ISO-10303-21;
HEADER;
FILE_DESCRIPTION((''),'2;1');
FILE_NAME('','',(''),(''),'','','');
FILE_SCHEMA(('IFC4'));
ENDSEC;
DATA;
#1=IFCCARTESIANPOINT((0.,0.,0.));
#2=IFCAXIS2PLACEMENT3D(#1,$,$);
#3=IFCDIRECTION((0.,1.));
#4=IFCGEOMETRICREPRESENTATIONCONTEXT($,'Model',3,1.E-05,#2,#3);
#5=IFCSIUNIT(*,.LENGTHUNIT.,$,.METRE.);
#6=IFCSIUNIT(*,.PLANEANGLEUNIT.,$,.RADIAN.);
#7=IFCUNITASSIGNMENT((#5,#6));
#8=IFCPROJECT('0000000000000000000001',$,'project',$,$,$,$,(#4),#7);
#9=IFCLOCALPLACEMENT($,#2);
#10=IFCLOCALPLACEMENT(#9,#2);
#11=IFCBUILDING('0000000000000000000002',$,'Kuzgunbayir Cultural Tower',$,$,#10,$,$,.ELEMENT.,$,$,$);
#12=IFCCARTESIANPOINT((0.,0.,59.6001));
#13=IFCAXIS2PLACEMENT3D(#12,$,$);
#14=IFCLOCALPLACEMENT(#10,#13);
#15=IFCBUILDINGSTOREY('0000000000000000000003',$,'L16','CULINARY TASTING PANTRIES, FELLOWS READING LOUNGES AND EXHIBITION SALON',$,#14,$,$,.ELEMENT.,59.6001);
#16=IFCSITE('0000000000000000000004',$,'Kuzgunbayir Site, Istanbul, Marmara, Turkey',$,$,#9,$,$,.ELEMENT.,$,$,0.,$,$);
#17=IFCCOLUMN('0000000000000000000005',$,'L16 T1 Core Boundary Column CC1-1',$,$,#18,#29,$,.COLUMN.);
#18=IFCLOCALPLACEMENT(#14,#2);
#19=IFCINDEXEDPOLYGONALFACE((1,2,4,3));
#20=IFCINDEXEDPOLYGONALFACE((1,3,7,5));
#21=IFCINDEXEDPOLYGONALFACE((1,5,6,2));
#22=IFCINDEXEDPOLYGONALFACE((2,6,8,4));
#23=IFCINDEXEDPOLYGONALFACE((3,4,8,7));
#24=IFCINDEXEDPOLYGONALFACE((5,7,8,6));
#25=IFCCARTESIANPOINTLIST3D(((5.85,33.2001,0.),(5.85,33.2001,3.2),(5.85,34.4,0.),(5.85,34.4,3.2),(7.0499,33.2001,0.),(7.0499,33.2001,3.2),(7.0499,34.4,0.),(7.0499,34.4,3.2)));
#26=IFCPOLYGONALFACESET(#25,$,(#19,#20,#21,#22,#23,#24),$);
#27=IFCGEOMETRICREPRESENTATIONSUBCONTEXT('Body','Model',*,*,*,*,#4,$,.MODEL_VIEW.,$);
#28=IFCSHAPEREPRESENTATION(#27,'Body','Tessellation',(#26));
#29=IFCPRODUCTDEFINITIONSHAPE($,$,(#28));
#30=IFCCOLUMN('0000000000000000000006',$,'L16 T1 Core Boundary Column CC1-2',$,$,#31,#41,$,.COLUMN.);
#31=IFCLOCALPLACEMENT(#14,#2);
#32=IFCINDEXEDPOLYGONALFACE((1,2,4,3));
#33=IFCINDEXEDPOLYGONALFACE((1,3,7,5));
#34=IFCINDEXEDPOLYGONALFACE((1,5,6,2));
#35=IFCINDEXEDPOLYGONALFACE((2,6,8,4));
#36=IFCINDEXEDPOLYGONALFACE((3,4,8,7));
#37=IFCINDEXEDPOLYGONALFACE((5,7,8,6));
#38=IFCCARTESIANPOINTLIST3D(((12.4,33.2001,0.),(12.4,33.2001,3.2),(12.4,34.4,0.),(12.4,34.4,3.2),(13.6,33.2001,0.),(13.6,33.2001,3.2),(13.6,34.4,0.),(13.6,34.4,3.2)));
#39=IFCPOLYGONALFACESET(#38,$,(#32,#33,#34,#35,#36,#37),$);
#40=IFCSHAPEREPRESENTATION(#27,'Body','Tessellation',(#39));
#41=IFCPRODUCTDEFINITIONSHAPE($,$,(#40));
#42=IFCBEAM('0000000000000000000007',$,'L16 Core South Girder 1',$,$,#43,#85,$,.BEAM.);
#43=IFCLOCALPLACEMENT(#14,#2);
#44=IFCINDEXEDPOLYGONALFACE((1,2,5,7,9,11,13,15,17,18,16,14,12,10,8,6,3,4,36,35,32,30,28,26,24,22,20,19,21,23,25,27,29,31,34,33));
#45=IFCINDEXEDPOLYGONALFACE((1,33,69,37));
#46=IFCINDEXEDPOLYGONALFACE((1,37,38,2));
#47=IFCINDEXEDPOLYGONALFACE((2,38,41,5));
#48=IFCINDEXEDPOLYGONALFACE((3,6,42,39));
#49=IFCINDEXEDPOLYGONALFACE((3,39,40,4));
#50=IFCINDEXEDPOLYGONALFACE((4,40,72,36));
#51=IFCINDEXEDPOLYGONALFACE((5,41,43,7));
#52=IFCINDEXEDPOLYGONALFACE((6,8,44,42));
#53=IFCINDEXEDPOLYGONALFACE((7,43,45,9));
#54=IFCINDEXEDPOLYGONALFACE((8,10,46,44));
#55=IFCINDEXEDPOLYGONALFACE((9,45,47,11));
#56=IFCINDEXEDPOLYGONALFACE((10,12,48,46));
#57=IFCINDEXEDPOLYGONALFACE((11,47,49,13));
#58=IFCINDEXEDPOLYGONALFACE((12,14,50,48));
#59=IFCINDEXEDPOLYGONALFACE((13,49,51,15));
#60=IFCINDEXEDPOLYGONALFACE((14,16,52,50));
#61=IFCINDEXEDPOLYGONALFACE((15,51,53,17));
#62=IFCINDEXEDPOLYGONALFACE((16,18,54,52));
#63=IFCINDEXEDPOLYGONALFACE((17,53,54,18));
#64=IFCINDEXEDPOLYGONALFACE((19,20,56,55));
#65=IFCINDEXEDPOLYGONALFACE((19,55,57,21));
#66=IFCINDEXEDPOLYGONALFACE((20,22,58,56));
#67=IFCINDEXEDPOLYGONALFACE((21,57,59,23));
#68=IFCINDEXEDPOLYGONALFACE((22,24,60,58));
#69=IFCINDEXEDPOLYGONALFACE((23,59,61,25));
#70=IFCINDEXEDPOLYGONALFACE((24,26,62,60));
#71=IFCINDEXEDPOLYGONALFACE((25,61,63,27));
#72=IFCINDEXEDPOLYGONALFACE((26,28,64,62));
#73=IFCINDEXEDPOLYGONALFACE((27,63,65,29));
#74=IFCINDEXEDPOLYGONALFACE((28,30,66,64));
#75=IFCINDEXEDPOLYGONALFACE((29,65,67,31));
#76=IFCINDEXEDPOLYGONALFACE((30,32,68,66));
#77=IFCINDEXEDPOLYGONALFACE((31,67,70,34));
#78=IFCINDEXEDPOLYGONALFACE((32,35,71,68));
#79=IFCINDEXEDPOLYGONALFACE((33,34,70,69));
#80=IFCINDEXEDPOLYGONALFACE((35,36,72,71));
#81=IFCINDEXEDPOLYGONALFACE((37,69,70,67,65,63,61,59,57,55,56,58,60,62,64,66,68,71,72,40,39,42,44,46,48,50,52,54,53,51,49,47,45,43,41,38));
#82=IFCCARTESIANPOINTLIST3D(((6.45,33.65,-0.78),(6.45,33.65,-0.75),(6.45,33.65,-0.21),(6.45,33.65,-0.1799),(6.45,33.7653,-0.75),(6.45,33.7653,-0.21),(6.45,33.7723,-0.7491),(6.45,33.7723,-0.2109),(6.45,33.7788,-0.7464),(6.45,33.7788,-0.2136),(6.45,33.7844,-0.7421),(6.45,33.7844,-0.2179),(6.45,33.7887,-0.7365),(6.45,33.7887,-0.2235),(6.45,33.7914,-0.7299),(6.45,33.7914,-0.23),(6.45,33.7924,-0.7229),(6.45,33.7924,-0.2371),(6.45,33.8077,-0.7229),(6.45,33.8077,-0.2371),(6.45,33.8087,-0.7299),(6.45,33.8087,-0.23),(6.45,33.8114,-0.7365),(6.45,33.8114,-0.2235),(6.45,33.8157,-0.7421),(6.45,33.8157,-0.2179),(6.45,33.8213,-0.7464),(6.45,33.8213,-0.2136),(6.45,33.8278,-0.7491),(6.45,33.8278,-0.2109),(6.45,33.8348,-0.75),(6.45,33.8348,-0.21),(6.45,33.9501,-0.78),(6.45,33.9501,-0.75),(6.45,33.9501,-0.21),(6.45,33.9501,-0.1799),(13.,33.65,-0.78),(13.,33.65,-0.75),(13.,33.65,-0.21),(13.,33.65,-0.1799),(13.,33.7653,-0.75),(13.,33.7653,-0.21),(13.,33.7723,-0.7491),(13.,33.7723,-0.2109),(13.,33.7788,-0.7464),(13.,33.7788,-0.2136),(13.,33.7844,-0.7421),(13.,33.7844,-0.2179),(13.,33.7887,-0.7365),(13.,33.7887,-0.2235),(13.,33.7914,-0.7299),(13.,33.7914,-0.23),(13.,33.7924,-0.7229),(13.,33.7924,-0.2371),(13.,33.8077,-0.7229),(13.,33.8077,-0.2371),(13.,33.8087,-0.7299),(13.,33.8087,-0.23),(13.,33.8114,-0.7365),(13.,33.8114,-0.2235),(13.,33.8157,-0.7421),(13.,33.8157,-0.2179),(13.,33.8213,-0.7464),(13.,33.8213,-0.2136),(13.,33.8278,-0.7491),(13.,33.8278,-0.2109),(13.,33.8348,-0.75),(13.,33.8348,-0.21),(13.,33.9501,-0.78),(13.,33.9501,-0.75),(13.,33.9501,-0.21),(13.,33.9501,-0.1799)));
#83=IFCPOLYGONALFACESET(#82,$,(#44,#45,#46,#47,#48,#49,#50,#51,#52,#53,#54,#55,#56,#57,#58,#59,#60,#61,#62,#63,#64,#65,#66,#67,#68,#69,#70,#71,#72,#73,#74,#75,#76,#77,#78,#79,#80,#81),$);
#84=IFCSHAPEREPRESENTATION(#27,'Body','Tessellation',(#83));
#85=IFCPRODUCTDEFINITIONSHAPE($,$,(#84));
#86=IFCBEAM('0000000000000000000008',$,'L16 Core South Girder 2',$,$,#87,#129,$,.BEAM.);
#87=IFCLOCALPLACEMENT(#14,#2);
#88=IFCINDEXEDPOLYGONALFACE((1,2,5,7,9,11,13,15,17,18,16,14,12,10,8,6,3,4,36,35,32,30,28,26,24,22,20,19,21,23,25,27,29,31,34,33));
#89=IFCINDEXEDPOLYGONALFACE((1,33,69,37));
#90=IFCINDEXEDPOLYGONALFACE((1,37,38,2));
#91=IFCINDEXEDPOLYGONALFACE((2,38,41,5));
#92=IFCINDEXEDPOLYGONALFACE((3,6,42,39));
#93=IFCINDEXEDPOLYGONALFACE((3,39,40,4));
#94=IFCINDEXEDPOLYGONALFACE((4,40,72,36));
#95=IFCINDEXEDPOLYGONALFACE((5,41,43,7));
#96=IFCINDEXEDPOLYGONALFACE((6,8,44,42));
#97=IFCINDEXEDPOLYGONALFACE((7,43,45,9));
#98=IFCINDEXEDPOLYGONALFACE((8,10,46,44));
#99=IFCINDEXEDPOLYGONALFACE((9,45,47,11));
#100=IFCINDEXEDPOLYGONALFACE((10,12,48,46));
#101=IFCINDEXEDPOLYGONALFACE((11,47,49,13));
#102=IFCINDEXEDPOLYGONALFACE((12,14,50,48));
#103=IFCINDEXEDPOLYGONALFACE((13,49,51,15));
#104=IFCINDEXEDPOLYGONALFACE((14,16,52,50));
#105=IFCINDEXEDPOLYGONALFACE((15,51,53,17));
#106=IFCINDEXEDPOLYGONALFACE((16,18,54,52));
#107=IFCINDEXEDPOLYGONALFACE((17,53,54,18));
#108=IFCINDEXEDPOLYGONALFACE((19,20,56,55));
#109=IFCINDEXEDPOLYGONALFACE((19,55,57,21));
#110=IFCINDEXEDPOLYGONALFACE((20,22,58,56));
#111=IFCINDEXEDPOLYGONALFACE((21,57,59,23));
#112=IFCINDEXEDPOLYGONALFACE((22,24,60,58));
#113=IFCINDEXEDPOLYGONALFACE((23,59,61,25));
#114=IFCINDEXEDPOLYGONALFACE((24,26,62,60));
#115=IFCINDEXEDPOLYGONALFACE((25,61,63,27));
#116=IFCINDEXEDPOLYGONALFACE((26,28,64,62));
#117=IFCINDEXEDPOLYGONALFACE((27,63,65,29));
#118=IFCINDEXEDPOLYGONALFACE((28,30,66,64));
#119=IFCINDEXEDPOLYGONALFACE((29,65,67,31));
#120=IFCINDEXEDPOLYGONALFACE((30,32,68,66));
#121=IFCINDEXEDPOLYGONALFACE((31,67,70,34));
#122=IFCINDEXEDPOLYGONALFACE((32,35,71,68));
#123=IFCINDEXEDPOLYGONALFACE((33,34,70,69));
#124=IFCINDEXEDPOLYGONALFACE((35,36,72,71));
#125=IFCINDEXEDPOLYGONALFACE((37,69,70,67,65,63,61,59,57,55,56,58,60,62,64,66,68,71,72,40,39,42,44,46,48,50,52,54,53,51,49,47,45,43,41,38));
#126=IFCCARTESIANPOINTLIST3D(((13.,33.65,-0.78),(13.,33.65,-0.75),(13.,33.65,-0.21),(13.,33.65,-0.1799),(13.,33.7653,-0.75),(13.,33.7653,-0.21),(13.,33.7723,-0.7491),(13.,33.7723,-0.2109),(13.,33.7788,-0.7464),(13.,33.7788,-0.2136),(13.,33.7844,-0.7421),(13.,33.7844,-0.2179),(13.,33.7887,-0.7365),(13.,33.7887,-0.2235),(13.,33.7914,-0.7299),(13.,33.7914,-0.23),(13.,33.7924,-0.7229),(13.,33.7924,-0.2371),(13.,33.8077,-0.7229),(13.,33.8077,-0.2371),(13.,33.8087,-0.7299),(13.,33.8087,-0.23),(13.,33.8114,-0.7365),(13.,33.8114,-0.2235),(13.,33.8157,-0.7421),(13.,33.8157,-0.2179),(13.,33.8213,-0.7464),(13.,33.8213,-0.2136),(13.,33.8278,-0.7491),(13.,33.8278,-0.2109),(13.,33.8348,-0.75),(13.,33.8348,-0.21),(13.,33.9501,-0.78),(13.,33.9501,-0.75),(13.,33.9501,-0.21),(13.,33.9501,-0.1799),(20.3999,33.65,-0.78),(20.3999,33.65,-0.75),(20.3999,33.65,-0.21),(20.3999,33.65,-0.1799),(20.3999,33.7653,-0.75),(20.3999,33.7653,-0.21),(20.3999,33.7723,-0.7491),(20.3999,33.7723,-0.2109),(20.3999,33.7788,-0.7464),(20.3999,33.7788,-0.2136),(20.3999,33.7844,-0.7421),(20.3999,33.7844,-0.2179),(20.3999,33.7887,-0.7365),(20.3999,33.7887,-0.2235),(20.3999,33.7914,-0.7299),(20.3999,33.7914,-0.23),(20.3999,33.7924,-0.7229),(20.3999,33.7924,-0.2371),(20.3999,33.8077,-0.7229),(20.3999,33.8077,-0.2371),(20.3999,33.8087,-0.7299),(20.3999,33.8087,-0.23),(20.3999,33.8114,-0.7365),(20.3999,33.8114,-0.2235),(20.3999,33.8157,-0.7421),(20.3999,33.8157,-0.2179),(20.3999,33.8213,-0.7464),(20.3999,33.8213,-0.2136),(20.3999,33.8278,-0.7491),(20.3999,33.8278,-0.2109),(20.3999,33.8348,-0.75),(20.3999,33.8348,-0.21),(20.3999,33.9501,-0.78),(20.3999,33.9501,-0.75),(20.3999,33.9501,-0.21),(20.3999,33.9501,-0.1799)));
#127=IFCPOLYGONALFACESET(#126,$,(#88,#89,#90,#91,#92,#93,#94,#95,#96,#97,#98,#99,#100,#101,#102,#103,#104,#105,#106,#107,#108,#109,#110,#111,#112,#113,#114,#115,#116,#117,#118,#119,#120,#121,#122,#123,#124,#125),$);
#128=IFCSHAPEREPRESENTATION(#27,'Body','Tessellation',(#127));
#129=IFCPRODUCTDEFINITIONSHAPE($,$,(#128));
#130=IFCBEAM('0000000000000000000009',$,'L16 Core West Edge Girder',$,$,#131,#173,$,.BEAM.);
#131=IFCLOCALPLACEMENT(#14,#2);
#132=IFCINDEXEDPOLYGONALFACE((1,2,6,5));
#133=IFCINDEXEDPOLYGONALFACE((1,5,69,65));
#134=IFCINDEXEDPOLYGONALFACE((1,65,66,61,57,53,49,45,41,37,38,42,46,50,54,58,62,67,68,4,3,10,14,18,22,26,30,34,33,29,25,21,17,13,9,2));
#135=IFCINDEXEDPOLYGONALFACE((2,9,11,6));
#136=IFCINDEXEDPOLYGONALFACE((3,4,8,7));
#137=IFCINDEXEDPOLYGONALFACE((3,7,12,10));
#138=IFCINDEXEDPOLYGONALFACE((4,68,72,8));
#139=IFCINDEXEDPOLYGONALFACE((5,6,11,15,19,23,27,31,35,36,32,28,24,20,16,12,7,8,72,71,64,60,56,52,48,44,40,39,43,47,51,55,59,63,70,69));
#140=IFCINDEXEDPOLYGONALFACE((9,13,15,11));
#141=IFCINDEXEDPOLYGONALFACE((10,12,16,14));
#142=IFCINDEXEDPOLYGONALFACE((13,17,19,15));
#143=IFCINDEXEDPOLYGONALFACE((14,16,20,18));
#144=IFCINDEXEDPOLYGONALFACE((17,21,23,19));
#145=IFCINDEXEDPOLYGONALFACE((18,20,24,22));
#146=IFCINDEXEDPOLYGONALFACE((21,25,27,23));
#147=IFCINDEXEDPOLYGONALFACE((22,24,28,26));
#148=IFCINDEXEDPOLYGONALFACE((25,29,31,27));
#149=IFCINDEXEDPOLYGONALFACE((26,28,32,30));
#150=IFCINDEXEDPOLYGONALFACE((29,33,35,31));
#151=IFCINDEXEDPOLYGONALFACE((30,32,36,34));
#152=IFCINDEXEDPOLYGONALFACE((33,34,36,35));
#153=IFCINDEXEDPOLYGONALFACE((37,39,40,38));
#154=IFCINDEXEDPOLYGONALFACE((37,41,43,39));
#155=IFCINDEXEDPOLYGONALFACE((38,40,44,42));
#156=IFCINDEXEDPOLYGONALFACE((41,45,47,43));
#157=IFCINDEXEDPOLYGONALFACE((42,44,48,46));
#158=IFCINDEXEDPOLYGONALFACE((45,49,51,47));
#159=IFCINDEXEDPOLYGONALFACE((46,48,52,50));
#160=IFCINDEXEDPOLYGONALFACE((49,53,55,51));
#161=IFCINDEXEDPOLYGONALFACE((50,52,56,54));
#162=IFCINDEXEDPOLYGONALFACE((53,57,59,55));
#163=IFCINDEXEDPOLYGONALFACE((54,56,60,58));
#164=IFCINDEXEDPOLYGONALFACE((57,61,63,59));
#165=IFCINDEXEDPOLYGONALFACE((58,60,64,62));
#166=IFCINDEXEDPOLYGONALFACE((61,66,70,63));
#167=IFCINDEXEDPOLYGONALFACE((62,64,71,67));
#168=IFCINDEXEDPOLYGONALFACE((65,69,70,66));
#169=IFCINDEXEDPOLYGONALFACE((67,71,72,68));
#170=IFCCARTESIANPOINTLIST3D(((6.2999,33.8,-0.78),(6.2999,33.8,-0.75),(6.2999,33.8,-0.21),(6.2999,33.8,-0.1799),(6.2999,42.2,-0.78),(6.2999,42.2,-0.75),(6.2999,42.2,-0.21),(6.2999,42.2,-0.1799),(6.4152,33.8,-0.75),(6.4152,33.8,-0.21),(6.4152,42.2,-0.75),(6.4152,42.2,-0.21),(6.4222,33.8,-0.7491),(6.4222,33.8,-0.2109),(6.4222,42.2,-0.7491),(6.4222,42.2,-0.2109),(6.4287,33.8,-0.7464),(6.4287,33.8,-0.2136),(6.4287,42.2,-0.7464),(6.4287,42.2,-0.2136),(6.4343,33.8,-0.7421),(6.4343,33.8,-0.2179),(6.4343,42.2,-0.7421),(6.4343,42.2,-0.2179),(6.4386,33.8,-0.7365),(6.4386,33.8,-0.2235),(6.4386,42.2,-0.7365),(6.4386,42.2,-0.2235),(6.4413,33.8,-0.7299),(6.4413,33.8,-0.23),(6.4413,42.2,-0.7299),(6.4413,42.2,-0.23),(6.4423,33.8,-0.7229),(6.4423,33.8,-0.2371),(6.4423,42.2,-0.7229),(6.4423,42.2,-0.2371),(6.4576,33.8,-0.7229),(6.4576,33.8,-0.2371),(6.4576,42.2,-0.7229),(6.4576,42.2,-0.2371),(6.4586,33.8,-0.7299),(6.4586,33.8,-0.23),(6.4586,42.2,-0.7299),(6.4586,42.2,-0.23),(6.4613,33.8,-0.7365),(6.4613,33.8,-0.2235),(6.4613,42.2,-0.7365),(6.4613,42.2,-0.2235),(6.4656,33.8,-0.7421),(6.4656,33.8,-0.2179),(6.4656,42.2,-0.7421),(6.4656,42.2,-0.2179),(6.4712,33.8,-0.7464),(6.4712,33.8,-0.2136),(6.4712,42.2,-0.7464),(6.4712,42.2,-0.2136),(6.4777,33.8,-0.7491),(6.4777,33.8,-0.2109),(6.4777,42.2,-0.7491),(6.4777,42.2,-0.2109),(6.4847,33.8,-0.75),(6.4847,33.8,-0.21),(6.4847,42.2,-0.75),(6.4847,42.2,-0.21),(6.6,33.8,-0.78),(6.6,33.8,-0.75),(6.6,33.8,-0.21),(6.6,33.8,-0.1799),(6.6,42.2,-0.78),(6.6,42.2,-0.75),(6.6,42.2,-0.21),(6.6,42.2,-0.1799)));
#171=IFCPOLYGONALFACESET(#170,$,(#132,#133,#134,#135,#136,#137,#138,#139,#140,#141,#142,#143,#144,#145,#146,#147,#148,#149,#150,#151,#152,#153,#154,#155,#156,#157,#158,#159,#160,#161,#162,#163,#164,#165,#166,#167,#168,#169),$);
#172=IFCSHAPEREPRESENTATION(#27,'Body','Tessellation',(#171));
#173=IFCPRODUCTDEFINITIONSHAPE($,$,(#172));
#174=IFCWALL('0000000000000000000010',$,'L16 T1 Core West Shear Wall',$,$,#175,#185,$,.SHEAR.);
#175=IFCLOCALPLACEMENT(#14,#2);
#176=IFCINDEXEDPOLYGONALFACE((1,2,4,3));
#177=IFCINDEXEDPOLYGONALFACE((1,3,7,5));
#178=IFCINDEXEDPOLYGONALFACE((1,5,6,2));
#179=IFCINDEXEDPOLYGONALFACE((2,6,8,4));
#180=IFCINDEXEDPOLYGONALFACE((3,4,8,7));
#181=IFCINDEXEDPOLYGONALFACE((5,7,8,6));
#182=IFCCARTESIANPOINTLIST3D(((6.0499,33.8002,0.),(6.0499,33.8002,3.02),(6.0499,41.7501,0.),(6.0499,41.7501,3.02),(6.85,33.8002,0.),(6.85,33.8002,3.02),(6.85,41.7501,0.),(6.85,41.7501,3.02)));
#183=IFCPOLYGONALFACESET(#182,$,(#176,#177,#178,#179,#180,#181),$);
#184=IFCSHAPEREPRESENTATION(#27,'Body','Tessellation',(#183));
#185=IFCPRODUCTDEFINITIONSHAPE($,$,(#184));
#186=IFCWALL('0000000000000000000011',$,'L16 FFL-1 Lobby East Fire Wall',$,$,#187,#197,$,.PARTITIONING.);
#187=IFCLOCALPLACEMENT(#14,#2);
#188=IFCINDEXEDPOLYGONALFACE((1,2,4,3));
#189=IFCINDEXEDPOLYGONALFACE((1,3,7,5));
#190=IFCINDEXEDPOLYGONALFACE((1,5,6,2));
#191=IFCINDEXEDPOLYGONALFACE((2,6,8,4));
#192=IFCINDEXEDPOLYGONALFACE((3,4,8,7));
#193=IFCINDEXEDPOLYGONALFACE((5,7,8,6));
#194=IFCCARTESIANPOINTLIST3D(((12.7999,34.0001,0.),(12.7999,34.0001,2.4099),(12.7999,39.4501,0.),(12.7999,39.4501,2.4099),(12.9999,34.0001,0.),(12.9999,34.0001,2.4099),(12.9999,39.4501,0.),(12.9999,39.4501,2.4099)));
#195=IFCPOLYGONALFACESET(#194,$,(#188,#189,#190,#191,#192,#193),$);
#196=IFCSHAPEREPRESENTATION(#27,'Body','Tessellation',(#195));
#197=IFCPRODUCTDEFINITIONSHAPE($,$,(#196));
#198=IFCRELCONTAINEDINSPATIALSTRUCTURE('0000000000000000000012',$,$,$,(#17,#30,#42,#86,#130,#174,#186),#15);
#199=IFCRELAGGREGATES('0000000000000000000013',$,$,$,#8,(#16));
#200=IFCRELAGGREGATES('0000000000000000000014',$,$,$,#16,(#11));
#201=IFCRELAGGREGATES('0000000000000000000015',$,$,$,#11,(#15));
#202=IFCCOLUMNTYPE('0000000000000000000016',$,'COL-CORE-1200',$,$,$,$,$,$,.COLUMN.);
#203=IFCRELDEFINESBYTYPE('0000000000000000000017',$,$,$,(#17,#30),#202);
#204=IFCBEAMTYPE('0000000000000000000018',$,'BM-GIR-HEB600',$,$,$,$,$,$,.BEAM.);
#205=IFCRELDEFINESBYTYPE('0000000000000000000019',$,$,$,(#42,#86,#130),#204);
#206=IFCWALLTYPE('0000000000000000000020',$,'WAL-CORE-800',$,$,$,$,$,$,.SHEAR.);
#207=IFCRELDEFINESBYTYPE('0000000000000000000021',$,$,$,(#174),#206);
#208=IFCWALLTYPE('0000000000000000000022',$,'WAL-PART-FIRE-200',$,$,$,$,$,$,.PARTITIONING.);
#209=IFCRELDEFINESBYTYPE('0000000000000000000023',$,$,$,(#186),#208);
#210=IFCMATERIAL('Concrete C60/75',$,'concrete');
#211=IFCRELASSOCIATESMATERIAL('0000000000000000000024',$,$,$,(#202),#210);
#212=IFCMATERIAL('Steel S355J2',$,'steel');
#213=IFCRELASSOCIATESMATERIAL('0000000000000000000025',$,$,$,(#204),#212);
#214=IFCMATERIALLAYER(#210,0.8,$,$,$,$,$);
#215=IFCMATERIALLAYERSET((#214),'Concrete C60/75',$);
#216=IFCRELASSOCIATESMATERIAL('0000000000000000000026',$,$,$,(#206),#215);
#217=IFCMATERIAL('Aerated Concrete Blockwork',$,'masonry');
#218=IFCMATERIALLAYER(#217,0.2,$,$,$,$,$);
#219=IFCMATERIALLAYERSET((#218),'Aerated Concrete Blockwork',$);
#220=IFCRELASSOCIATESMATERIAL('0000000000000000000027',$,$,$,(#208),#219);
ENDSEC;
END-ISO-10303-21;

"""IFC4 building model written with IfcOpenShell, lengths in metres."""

from ifc_helpers import new_model, si_unit, direction, frame, frame_2d, origin, origin_2d, place, context, subcontext, project, spatial, rectangle, i_section, extrude, material, layer, layer_set, material_profile, profile_set, type_object, element, save


model = new_model("IFC4")

# Units and contexts
model_context = context("Model", 3, precision=1e-05, world=origin(), true_north=direction((0.0, 1.0)))
body_context = subcontext(model_context, "Body", "Model", "MODEL_VIEW")
ifc_project = project(units=[si_unit("LENGTHUNIT", "METRE"), si_unit("PLANEANGLEUNIT", "RADIAN")], contexts=[model_context])

# Site, building, storey
site_placement = place(None, origin())
site = spatial("IfcSite", under=ifc_project, at=site_placement, Name="Kuzgunbayir Site, Istanbul, Marmara, Turkey", CompositionType="ELEMENT", RefElevation=0.0)
building_placement = place(site_placement, origin())
building = spatial("IfcBuilding", under=site, at=building_placement, Name="Kuzgunbayir Cultural Tower", CompositionType="ELEMENT")
storey_placement = place(building_placement, frame((0.0, 0.0, 59.6001)))
storey = spatial("IfcBuildingStorey", under=building, at=storey_placement, Name="L16", Description="CULINARY TASTING PANTRIES, FELLOWS READING LOUNGES AND EXHIBITION SALON", CompositionType="ELEMENT", Elevation=59.6001)

# Columns
ifc_material_1 = material(Name="Concrete C60/75", Category="concrete")
ifc_material_profile_1 = material_profile(ifc_material_1, rectangle(XDim=1.2, YDim=1.2, at=origin_2d()), Name="RC 1200x1200")
ifc_profile_set_1 = profile_set([ifc_material_profile_1], Name="Concrete C60/75")
column_type = type_object("IfcColumnType", Name="COL-CORE-1200", PredefinedType="COLUMN", material=ifc_profile_set_1)
for number, where, z_axis, x_axis, name in (
    (1, (6.45, 33.8, 0.0), (0.0, 0.0, 1.0), (1.0, 0.0, 0.0), "L16 T1 Core Boundary Column CC1-1"),
    (2, (13.0, 33.8, 0.0), (0.0, 0.0, 1.0), (1.0, 0.0, 0.0), "L16 T1 Core Boundary Column CC1-2"),
):
    element("IfcColumn", number, at=place(storey_placement, frame(where, z_axis=z_axis, x_axis=x_axis)), inside=storey, type_object=column_type, Name=name, PredefinedType="COLUMN", context=body_context, shape_type="SweptSolid", body=[
        extrude(rectangle(XDim=1.2, YDim=1.2, at=origin_2d()), origin(), (0.0, 0.0, 1.0), 3.2),
    ])

# Beams
ifc_material_2 = material(Name="Steel S355J2", Category="steel")
ifc_material_profile_2 = material_profile(ifc_material_2, i_section(OverallWidth=0.3, OverallDepth=0.6001, WebThickness=0.0154, FlangeThickness=0.03, FilletRadius=0.0271, at=origin_2d()), Name="HEB 600")
ifc_profile_set_2 = profile_set([ifc_material_profile_2], Name="Steel S355J2")
beam_type = type_object("IfcBeamType", Name="BM-GIR-HEB600", PredefinedType="BEAM", material=ifc_profile_set_2)
beam_1_placement = place(storey_placement, frame((6.45, 33.8, -0.48), z_axis=(1.0, 0.0, 0.0), x_axis=(0.0, 1.0, 0.0)))
element("IfcBeam", 3, at=beam_1_placement, inside=storey, type_object=beam_type, Name="L16 Core South Girder 1", PredefinedType="BEAM", context=body_context, shape_type="SweptSolid", body=[
    extrude(i_section(OverallWidth=0.3, OverallDepth=0.6001, WebThickness=0.0154, FlangeThickness=0.03, FilletRadius=0.0271, at=origin_2d()), origin(), (0.0, 0.0, 1.0), 6.55),
])
beam_2_placement = place(storey_placement, frame((13.0, 33.8, -0.48), z_axis=(1.0, 0.0, 0.0), x_axis=(0.0, 1.0, 0.0)))
element("IfcBeam", 4, at=beam_2_placement, inside=storey, type_object=beam_type, Name="L16 Core South Girder 2", PredefinedType="BEAM", context=body_context, shape_type="SweptSolid", body=[
    extrude(i_section(OverallWidth=0.3, OverallDepth=0.6001, WebThickness=0.0154, FlangeThickness=0.03, FilletRadius=0.0271, at=origin_2d()), origin(), (0.0, 0.0, 1.0), 7.3999),
])
beam_3_placement = place(storey_placement, frame((6.45, 33.8, -0.48), z_axis=(0.0, 1.0, 0.0), x_axis=(-1.0, 0.0, 0.0)))
element("IfcBeam", 5, at=beam_3_placement, inside=storey, type_object=beam_type, Name="L16 Core West Edge Girder", PredefinedType="BEAM", context=body_context, shape_type="SweptSolid", body=[
    extrude(i_section(OverallWidth=0.3, OverallDepth=0.6001, WebThickness=0.0154, FlangeThickness=0.03, FilletRadius=0.0271, at=origin_2d()), origin(), (0.0, 0.0, 1.0), 8.3999),
])

# Walls
ifc_layer_1 = layer(ifc_material_1, 0.8)
ifc_layer_set_1 = layer_set([ifc_layer_1], Name="Concrete C60/75")
wall_type_1 = type_object("IfcWallType", Name="WAL-CORE-800", PredefinedType="SHEAR", material=ifc_layer_set_1)
wall_1_placement = place(storey_placement, frame((6.45, 33.8, 0.0), z_axis=(0.0, 0.0, 1.0), x_axis=(0.0, 1.0, 0.0)))
element("IfcWall", 6, at=wall_1_placement, inside=storey, type_object=wall_type_1, Name="L16 T1 Core West Shear Wall", PredefinedType="SHEAR", context=body_context, shape_type="SweptSolid", body=[
    extrude(rectangle(XDim=7.95, YDim=0.8, at=frame_2d((3.9751, 0.0))), origin(), (0.0, 0.0, 1.0), 3.02),
])
ifc_material_3 = material(Name="Aerated Concrete Blockwork", Category="masonry")
ifc_layer_2 = layer(ifc_material_3, 0.2)
ifc_layer_set_2 = layer_set([ifc_layer_2], Name="Aerated Concrete Blockwork")
wall_type_2 = type_object("IfcWallType", Name="WAL-PART-FIRE-200", PredefinedType="PARTITIONING", material=ifc_layer_set_2)
wall_2_placement = place(storey_placement, frame((12.8999, 34.0, 0.0), z_axis=(0.0, 0.0, 1.0), x_axis=(0.0, 1.0, 0.0)))
element("IfcWall", 7, at=wall_2_placement, inside=storey, type_object=wall_type_2, Name="L16 FFL-1 Lobby East Fire Wall", PredefinedType="PARTITIONING", context=body_context, shape_type="SweptSolid", body=[
    extrude(rectangle(XDim=5.45, YDim=0.2, at=frame_2d((2.7251, 0.0))), origin(), (0.0, 0.0, 1.0), 2.4099),
])

save(model, "model.ifc")
